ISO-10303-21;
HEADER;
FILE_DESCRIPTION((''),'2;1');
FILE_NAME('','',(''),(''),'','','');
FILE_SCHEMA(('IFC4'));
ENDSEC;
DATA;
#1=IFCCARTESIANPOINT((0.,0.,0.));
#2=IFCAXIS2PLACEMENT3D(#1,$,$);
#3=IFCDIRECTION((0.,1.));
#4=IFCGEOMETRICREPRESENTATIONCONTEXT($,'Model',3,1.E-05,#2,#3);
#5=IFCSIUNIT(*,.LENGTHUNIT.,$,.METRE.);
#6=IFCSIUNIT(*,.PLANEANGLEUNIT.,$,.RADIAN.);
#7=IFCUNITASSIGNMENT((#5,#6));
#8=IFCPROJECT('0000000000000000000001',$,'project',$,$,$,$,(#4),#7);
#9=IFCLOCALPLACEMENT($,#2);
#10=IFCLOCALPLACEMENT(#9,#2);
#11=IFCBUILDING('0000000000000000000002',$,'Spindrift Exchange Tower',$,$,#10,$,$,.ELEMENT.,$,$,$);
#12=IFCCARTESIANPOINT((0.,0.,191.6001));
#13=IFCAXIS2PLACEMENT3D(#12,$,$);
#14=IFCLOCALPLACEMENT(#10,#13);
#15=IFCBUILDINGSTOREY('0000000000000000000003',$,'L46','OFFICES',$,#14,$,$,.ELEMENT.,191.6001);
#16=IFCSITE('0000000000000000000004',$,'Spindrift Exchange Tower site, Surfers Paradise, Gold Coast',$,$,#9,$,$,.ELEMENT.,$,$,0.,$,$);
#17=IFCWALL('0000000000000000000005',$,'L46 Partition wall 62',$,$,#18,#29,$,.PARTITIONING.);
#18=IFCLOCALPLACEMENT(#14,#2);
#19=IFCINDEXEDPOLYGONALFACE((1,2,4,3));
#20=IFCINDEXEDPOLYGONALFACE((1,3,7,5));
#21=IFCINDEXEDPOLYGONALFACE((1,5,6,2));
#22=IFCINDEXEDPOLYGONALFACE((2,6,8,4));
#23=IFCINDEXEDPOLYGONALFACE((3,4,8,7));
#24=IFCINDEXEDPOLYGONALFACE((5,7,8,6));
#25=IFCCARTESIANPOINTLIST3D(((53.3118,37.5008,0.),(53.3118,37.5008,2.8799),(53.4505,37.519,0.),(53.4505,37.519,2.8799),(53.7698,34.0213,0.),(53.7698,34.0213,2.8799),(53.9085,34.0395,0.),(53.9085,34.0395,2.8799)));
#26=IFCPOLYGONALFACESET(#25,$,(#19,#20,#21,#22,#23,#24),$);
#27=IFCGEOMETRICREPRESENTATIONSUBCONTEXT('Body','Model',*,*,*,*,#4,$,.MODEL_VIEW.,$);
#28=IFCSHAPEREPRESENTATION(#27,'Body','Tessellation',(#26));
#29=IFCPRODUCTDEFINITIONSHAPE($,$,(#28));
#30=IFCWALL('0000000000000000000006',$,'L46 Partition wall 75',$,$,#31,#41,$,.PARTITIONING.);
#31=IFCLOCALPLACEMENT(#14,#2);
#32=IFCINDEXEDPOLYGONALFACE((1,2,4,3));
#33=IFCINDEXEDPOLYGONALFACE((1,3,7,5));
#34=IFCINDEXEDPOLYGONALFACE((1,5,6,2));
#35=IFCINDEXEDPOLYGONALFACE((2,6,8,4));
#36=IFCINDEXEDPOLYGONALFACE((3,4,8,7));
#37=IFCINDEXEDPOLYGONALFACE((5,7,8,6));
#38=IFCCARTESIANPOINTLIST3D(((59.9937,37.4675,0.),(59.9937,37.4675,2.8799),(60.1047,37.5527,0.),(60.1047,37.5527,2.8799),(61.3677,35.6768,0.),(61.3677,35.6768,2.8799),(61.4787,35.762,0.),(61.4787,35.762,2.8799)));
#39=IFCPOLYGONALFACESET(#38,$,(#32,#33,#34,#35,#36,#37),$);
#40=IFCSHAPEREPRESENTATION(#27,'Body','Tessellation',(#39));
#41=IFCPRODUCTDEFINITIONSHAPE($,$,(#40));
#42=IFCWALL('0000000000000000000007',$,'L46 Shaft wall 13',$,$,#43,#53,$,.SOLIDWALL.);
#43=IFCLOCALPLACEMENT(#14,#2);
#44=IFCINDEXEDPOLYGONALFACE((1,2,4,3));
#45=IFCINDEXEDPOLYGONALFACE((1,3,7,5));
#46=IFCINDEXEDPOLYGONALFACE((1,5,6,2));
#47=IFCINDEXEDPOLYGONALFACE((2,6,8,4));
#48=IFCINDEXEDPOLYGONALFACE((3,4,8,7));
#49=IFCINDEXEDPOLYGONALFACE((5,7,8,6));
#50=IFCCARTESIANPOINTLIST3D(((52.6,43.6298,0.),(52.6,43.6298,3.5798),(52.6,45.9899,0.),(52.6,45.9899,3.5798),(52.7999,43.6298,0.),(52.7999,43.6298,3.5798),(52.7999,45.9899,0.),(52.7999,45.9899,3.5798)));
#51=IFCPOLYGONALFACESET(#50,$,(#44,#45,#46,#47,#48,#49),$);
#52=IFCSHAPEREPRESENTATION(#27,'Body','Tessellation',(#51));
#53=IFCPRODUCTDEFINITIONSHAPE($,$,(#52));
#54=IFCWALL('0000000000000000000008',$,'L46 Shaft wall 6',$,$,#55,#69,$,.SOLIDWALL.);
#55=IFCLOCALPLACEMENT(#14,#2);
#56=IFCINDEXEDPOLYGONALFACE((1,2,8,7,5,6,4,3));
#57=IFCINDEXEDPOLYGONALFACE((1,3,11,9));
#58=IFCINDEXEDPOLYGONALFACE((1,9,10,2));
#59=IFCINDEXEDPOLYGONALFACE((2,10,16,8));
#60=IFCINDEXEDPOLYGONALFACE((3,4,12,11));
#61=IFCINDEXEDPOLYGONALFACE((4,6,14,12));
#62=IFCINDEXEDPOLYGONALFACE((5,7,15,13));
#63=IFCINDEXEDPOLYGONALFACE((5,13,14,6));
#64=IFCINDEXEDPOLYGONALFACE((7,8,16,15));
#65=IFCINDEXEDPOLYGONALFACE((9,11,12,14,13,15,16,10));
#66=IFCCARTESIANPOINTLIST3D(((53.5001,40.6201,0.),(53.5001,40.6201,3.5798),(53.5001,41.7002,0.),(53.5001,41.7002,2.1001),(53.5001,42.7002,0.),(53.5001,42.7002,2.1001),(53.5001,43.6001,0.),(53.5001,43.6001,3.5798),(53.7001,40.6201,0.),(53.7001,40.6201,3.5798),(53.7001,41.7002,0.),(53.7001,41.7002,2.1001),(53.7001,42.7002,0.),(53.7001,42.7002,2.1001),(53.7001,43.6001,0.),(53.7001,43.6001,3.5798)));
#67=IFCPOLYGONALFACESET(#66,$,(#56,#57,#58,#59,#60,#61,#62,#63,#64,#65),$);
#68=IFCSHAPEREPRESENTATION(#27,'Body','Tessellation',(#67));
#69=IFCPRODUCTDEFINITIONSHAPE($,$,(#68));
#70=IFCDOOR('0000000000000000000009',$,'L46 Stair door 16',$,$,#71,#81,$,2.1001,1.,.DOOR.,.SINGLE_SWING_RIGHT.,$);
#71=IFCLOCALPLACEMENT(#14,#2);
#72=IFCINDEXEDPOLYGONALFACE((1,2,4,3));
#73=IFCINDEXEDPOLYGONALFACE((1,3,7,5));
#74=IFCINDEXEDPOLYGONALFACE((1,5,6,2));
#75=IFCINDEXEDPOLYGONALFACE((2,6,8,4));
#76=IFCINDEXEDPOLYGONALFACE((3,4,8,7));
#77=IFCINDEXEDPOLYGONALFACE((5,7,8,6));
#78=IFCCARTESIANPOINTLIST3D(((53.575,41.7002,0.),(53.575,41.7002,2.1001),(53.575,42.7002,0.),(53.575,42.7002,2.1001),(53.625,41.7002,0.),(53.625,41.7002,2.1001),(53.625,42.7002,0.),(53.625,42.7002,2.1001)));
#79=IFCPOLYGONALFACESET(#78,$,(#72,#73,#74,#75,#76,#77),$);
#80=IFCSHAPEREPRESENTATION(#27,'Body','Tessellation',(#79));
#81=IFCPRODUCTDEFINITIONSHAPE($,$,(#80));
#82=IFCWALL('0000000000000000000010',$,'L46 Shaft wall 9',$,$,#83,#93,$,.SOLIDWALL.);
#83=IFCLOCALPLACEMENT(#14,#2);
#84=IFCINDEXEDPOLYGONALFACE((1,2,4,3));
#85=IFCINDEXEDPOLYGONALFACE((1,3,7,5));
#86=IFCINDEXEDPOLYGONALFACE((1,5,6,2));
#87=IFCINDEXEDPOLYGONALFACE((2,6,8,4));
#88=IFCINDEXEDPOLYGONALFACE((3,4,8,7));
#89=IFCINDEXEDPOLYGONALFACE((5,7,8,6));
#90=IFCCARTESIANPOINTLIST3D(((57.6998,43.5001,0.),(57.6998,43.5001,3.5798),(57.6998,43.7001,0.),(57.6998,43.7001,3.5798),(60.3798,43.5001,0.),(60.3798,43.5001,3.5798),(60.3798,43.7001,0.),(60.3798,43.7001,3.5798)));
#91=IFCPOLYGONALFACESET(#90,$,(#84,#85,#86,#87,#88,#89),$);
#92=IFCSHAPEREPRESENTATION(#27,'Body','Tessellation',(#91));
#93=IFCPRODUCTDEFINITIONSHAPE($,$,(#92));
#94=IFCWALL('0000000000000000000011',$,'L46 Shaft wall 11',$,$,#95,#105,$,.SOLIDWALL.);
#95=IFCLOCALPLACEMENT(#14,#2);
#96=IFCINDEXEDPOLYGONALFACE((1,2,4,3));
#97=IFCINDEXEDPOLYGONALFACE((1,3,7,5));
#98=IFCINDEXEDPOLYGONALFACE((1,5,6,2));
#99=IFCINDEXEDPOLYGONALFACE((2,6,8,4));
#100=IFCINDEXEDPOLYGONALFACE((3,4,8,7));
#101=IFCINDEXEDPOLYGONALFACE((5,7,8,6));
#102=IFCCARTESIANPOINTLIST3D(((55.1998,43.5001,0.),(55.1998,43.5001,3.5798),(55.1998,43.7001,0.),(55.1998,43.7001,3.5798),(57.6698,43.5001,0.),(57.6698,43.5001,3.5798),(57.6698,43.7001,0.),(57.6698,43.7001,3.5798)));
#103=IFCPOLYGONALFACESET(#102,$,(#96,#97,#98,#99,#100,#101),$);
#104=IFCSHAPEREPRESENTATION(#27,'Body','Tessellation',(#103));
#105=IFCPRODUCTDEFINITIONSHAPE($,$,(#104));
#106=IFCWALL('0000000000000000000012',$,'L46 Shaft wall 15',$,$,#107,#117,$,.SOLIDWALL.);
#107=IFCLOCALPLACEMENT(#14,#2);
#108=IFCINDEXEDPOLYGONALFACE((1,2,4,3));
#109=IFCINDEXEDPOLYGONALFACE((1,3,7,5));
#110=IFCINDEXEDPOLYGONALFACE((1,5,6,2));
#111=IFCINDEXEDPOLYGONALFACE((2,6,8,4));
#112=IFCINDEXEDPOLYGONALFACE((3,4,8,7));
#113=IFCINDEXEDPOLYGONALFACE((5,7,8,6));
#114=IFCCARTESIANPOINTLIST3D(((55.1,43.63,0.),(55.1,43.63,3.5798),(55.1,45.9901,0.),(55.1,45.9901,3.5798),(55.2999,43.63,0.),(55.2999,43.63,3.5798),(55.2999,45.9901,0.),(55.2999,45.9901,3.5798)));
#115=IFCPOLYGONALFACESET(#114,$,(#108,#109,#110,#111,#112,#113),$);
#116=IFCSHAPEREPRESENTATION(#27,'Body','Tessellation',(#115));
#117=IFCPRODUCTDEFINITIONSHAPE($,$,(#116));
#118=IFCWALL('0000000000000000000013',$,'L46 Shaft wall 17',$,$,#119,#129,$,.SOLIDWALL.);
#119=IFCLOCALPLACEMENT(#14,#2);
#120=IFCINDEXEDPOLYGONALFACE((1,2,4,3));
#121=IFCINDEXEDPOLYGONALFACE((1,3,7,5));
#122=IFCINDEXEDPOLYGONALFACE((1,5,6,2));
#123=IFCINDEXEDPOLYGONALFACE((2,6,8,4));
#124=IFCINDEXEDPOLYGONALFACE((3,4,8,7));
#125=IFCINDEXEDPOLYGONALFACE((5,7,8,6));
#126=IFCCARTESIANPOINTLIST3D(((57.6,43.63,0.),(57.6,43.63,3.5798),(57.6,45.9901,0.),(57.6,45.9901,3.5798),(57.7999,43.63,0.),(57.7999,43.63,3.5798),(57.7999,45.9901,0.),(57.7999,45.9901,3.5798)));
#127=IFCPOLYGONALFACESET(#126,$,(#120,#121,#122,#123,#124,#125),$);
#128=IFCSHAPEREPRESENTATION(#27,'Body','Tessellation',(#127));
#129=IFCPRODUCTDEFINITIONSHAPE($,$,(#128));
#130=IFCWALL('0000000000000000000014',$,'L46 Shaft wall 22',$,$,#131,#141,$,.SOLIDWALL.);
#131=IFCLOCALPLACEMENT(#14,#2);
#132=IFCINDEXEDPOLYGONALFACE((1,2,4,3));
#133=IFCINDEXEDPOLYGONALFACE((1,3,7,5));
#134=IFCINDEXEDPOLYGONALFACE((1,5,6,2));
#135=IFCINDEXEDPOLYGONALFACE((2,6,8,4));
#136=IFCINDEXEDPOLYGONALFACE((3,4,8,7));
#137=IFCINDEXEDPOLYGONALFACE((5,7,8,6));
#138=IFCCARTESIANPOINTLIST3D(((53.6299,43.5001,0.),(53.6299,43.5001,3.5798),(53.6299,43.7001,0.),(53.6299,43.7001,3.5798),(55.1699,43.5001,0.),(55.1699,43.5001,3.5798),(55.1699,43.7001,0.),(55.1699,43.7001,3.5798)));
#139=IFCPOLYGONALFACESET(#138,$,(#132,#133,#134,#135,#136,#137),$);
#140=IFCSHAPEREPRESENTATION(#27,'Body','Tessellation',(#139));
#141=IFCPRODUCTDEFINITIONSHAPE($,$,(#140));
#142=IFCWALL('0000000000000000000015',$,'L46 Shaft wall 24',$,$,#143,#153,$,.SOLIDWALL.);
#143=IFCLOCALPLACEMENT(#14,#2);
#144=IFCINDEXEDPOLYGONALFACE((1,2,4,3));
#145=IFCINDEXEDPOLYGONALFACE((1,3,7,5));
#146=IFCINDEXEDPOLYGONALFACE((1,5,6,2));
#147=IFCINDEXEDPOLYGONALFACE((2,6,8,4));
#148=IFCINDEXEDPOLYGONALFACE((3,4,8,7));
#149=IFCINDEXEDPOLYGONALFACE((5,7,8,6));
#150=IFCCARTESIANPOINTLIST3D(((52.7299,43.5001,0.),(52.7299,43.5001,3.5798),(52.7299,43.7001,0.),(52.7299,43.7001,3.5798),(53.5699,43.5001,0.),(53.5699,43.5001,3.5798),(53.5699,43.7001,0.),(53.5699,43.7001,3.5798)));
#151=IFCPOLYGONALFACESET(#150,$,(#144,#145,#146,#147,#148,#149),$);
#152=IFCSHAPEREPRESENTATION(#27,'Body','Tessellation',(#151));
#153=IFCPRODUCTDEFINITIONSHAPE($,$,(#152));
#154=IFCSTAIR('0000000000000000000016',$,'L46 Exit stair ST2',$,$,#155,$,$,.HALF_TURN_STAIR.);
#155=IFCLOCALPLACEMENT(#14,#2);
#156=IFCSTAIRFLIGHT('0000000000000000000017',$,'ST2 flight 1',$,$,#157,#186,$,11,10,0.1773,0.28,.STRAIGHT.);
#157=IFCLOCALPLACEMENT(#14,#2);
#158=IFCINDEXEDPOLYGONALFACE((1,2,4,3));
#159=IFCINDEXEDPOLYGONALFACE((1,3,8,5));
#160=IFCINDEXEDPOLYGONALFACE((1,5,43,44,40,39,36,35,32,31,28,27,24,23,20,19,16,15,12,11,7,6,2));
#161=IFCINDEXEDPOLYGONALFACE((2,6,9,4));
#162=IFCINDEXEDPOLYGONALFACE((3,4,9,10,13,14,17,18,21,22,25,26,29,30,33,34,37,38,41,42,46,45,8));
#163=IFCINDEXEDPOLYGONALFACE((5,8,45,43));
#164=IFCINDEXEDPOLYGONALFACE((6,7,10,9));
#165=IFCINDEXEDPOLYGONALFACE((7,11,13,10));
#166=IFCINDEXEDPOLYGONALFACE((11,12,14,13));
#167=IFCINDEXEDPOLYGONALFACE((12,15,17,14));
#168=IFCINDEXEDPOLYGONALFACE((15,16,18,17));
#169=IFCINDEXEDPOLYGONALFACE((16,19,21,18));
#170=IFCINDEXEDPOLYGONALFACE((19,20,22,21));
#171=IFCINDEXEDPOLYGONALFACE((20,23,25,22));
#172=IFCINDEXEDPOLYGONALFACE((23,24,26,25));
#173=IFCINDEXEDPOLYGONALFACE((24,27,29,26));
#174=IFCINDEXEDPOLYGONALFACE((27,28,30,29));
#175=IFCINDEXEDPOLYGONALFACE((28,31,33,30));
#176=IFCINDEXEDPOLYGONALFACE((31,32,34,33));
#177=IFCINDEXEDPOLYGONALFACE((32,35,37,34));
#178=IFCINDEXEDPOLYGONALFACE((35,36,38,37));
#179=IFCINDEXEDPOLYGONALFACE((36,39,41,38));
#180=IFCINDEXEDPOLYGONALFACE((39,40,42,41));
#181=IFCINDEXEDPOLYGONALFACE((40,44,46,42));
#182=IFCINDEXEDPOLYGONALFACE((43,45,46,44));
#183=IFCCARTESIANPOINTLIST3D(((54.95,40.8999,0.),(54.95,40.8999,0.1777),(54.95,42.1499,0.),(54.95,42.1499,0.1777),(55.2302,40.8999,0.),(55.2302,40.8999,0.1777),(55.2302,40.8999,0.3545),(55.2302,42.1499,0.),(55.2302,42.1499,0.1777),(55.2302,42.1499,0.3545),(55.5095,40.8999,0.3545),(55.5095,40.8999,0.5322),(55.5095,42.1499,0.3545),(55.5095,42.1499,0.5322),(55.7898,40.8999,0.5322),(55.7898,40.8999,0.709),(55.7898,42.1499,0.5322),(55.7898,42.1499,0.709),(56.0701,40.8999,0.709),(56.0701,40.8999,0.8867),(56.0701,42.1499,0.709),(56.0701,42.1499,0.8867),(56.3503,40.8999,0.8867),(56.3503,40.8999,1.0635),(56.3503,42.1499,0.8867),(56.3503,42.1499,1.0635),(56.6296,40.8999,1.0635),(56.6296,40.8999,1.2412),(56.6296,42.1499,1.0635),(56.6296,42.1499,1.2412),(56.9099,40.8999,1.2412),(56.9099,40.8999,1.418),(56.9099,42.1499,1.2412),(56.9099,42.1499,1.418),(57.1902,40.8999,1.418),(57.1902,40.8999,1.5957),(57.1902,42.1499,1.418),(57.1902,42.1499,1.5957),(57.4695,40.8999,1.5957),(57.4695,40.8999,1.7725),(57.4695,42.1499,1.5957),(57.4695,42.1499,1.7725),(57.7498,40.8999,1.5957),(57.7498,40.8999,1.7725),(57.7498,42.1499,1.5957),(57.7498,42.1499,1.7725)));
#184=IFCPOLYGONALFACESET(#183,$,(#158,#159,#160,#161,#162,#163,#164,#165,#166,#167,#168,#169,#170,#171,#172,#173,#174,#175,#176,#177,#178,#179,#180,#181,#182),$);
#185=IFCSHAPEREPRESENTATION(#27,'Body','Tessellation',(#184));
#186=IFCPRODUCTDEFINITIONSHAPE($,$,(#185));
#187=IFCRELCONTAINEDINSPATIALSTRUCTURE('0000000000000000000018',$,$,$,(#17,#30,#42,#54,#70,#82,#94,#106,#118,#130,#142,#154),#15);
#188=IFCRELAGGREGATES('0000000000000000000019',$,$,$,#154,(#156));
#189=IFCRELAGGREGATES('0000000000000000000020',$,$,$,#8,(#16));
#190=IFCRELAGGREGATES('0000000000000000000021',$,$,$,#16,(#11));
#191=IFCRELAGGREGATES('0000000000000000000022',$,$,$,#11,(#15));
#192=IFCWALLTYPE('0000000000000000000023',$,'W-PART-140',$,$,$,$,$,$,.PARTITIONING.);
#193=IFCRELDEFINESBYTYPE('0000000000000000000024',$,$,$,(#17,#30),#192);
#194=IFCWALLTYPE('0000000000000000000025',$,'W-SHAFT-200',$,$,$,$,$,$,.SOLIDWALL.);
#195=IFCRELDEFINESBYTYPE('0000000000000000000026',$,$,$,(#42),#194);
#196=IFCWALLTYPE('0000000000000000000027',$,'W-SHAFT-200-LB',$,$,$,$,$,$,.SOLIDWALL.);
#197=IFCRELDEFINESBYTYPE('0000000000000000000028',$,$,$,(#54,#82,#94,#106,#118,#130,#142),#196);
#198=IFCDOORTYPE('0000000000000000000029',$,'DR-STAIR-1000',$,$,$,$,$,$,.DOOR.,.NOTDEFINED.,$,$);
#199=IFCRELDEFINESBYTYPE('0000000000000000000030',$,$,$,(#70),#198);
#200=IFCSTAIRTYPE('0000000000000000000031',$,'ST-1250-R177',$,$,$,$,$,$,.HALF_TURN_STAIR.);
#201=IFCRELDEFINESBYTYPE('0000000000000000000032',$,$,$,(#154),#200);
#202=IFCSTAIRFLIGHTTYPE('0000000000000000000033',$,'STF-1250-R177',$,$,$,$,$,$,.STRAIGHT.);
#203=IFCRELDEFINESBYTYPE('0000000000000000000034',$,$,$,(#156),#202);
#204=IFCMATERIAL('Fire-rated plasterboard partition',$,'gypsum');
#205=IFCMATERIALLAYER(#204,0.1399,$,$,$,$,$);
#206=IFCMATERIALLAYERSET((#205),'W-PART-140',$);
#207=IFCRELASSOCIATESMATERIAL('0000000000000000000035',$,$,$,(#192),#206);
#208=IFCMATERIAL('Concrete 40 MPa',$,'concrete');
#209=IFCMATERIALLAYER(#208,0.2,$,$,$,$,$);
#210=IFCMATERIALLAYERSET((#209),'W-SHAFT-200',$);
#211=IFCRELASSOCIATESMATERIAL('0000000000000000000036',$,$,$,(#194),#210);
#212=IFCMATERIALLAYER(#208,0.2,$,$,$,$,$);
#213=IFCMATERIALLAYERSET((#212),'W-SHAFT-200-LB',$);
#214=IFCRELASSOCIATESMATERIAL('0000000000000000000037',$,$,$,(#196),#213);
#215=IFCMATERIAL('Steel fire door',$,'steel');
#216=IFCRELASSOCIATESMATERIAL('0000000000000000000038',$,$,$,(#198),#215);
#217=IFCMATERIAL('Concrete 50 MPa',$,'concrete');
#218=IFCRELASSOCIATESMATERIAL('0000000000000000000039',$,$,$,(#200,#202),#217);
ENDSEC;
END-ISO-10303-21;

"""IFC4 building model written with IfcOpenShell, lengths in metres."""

from ifc_helpers import new_model, si_unit, direction, frame, frame_2d, origin, place, context, subcontext, project, spatial, line, indexed_curve, rectangle, outline, extrude, source, transform, mapped, material, layer, layer_set, type_object, element, fill, aggregate, save


model = new_model("IFC4")

# Units and contexts
model_context = context("Model", 3, precision=1e-05, world=origin(), true_north=direction((0.0, 1.0)))
body_context = subcontext(model_context, "Body", "Model", "MODEL_VIEW")
ifc_project = project(units=[si_unit("LENGTHUNIT", "METRE"), si_unit("PLANEANGLEUNIT", "RADIAN")], contexts=[model_context])

# Site, building, storey
site_placement = place(None, origin())
site = spatial("IfcSite", under=ifc_project, at=site_placement, Name="Spindrift Exchange Tower site, Surfers Paradise, Gold Coast", CompositionType="ELEMENT", RefElevation=0.0)
building_placement = place(site_placement, origin())
building = spatial("IfcBuilding", under=site, at=building_placement, Name="Spindrift Exchange Tower", CompositionType="ELEMENT")
storey_placement = place(building_placement, frame((0.0, 0.0, 191.6001)))
storey = spatial("IfcBuildingStorey", under=building, at=storey_placement, Name="L46", Description="OFFICES", CompositionType="ELEMENT", Elevation=191.6001)

# Shared definitions
ifc_material_1 = material(Name="Concrete 50 MPa", Category="concrete")

# Walls
ifc_material_2 = material(Name="Fire-rated plasterboard partition", Category="gypsum")
ifc_layer_1 = layer(ifc_material_2, 0.1399)
ifc_layer_set_1 = layer_set([ifc_layer_1], Name="W-PART-140")
wall_type_1 = type_object("IfcWallType", Name="W-PART-140", PredefinedType="PARTITIONING", material=ifc_layer_set_1)
wall_1_placement = place(storey_placement, frame((53.3811, 37.51, 0.0), z_axis=(0.0, 0.0, 1.0), x_axis=(0.130505, -0.991448, 0.0)))
element("IfcWall", 1, at=wall_1_placement, inside=storey, type_object=wall_type_1, Name="L46 Partition wall 62", PredefinedType="PARTITIONING", context=body_context, shape_type="SweptSolid", body=[
    extrude(rectangle(XDim=3.5095, YDim=0.1399, at=frame_2d((1.7549, 0.0))), origin(), (0.0, 0.0, 1.0), 2.8799),
])
wall_2_placement = place(storey_placement, frame((60.0493, 37.51, 0.0), z_axis=(0.0, 0.0, 1.0), x_axis=(0.608738, -0.793371, 0.0)))
element("IfcWall", 2, at=wall_2_placement, inside=storey, type_object=wall_type_1, Name="L46 Partition wall 75", PredefinedType="PARTITIONING", context=body_context, shape_type="SweptSolid", body=[
    extrude(rectangle(XDim=2.2571, YDim=0.1399, at=frame_2d((1.1284, 0.0))), origin(), (0.0, 0.0, 1.0), 2.8799),
])
ifc_material_3 = material(Name="Concrete 40 MPa", Category="concrete")
ifc_layer_2 = layer(ifc_material_3, 0.2)
ifc_layer_set_2 = layer_set([ifc_layer_2], Name="W-SHAFT-200")
wall_type_2 = type_object("IfcWallType", Name="W-SHAFT-200", PredefinedType="SOLIDWALL", material=ifc_layer_set_2)
wall_3_placement = place(storey_placement, frame((52.7, 45.99, 0.0), z_axis=(0.0, 0.0, 1.0), x_axis=(0.0, -1.0, 0.0)))
element("IfcWall", 3, at=wall_3_placement, inside=storey, type_object=wall_type_2, Name="L46 Shaft wall 13", PredefinedType="SOLIDWALL", context=body_context, shape_type="SweptSolid", body=[
    extrude(rectangle(XDim=2.3601, YDim=0.2, at=frame_2d((1.1802, 0.0))), origin(), (0.0, 0.0, 1.0), 3.5798),
])

# Wall, opening, door
ifc_layer_3 = layer(ifc_material_3, 0.2)
ifc_layer_set_3 = layer_set([ifc_layer_3], Name="W-SHAFT-200-LB")
wall_type_3 = type_object("IfcWallType", Name="W-SHAFT-200-LB", PredefinedType="SOLIDWALL", material=ifc_layer_set_3)
wall_4_placement = place(storey_placement, frame((53.6001, 43.6001, 0.0), z_axis=(0.0, 0.0, 1.0), x_axis=(0.0, -1.0, 0.0)))
wall_4 = element("IfcWall", 4, at=wall_4_placement, inside=storey, type_object=wall_type_3, Name="L46 Shaft wall 6", PredefinedType="SOLIDWALL", context=body_context, shape_type="SweptSolid", body=[
    extrude(rectangle(XDim=2.98, YDim=0.2, at=frame_2d((1.49, 0.0))), origin(), (0.0, 0.0, 1.0), 3.5798),
])
opening_1_placement = place(wall_4_placement, frame((0.8999, 0.0, 0.0)))
opening_1 = element("IfcOpeningElement", 5, at=opening_1_placement, cuts=wall_4, PredefinedType="OPENING", context=body_context, shape_type="SweptSolid", body=[
    extrude(rectangle(XDim=1.0, YDim=2.1001, at=frame_2d((0.5, 1.05))), frame((0.0, 0.1099, 0.0), z_axis=(0.0, -1.0, 0.0), x_axis=(1.0, 0.0, 0.0)), (0.0, 0.0, 1.0), 0.22),
])
ifc_material_4 = material(Name="Steel fire door", Category="steel")
door_type_1 = type_object("IfcDoorType", Name="DR-STAIR-1000", OperationType="NOTDEFINED", PredefinedType="DOOR", material=ifc_material_4)
shared_shape_1 = source(origin(), body_context, "Body", "SweptSolid", [
    extrude(rectangle(XDim=1.0, YDim=2.1001, at=frame_2d((0.5, 1.05))), frame((0.0, 0.0249, 0.0), z_axis=(0.0, -1.0, 0.0), x_axis=(1.0, 0.0, 0.0)), (0.0, 0.0, 1.0), 0.05),
])
door_1_placement = place(opening_1_placement, origin())
door_1 = element("IfcDoor", 6, at=door_1_placement, inside=storey, type_object=door_type_1, Name="L46 Stair door 16", OperationType="SINGLE_SWING_RIGHT", OverallHeight=2.1001, OverallWidth=1.0, PredefinedType="DOOR", context=body_context, shape_type="MappedRepresentation", body=[
    mapped(shared_shape_1, transform((0.0, 0.0, 0.0), scale=1.0)),
])
fill(opening_1, door_1)

# Walls
wall_5_placement = place(storey_placement, frame((57.7, 43.6001, 0.0), z_axis=(0.0, 0.0, 1.0), x_axis=(1.0, 0.0, 0.0)))
element("IfcWall", 7, at=wall_5_placement, inside=storey, type_object=wall_type_3, Name="L46 Shaft wall 9", PredefinedType="SOLIDWALL", context=body_context, shape_type="SweptSolid", body=[
    extrude(rectangle(XDim=2.6799, YDim=0.2, at=frame_2d((1.3398, 0.0))), origin(), (0.0, 0.0, 1.0), 3.5798),
])
wall_6_placement = place(storey_placement, frame((55.2, 43.6001, 0.0), z_axis=(0.0, 0.0, 1.0), x_axis=(1.0, 0.0, 0.0)))
element("IfcWall", 8, at=wall_6_placement, inside=storey, type_object=wall_type_3, Name="L46 Shaft wall 11", PredefinedType="SOLIDWALL", context=body_context, shape_type="SweptSolid", body=[
    extrude(rectangle(XDim=2.47, YDim=0.2, at=frame_2d((1.2349, 0.0))), origin(), (0.0, 0.0, 1.0), 3.5798),
])
for number, where, z_axis, x_axis, name in (
    (9, (55.2, 43.6299, 0.0), (0.0, 0.0, 1.0), (0.0, 1.0, 0.0), "L46 Shaft wall 15"),
    (10, (57.7, 43.6299, 0.0), (0.0, 0.0, 1.0), (0.0, 1.0, 0.0), "L46 Shaft wall 17"),
):
    element("IfcWall", number, at=place(storey_placement, frame(where, z_axis=z_axis, x_axis=x_axis)), inside=storey, type_object=wall_type_3, Name=name, PredefinedType="SOLIDWALL", context=body_context, shape_type="SweptSolid", body=[
        extrude(rectangle(XDim=2.3601, YDim=0.2, at=frame_2d((1.1802, 0.0))), origin(), (0.0, 0.0, 1.0), 3.5798),
    ])
wall_7_placement = place(storey_placement, frame((53.6299, 43.6001, 0.0), z_axis=(0.0, 0.0, 1.0), x_axis=(1.0, 0.0, 0.0)))
element("IfcWall", 11, at=wall_7_placement, inside=storey, type_object=wall_type_3, Name="L46 Shaft wall 22", PredefinedType="SOLIDWALL", context=body_context, shape_type="SweptSolid", body=[
    extrude(rectangle(XDim=1.54, YDim=0.2, at=frame_2d((0.77, 0.0))), origin(), (0.0, 0.0, 1.0), 3.5798),
])
wall_8_placement = place(storey_placement, frame((52.73, 43.6001, 0.0), z_axis=(0.0, 0.0, 1.0), x_axis=(1.0, 0.0, 0.0)))
element("IfcWall", 12, at=wall_8_placement, inside=storey, type_object=wall_type_3, Name="L46 Shaft wall 24", PredefinedType="SOLIDWALL", context=body_context, shape_type="SweptSolid", body=[
    extrude(rectangle(XDim=0.8401, YDim=0.2, at=frame_2d((0.4199, 0.0))), origin(), (0.0, 0.0, 1.0), 3.5798),
])

# Stair, stair flight
stair_type = type_object("IfcStairType", Name="ST-1250-R177", PredefinedType="HALF_TURN_STAIR", material=ifc_material_1)
stair_placement = place(storey_placement, origin())
stair = element("IfcStair", 13, at=stair_placement, inside=storey, type_object=stair_type, Name="L46 Exit stair ST2", PredefinedType="HALF_TURN_STAIR")
stair_flight_type = type_object("IfcStairFlightType", Name="STF-1250-R177", PredefinedType="STRAIGHT", material=ifc_material_1)
stair_flight_1_placement = place(storey_placement, frame((54.95, 41.5249, 0.0), z_axis=(0.0, 0.0, 1.0), x_axis=(1.0, 0.0, 0.0)))
stair_flight_1 = element("IfcStairFlight", 14, at=stair_flight_1_placement, type_object=stair_flight_type, Name="ST2 flight 1", NumberOfRisers=11, NumberOfTreads=10, PredefinedType="STRAIGHT", RiserHeight=0.1773, TreadLength=0.28, context=body_context, shape_type="SweptSolid", body=[
    extrude(outline(indexed_curve([(0.0, 0.0), (0.0, 0.1777), (0.2803, 0.1777), (0.2803, 0.3545), (0.5596, 0.3545), (0.5596, 0.5322), (0.8398, 0.5322), (0.8398, 0.709), (1.1201, 0.709), (1.1201, 0.8867), (1.4004, 0.8867), (1.4004, 1.0635), (1.6797, 1.0635), (1.6797, 1.2412), (1.96, 1.2412), (1.96, 1.418), (2.2402, 1.418), (2.2402, 1.5957), (2.5195, 1.5957), (2.5195, 1.7725), (2.7998, 1.7725), (2.7998, 1.9502), (2.7998, 1.5957), (0.2803, 0.0)], segments=[line(1, 2, 3, 4, 5, 6, 7, 8, 9, 10, 11, 12, 13, 14, 15, 16, 17, 18, 19, 20, 21, 22, 23, 24, 1)], self_intersect=False)), frame((0.0, 0.625, 0.0), z_axis=(0.0, -1.0, 0.0), x_axis=(1.0, 0.0, 0.0)), (0.0, 0.0, 1.0), 1.25),
])
aggregate(stair, [stair_flight_1])

save(model, "model.ifc")
